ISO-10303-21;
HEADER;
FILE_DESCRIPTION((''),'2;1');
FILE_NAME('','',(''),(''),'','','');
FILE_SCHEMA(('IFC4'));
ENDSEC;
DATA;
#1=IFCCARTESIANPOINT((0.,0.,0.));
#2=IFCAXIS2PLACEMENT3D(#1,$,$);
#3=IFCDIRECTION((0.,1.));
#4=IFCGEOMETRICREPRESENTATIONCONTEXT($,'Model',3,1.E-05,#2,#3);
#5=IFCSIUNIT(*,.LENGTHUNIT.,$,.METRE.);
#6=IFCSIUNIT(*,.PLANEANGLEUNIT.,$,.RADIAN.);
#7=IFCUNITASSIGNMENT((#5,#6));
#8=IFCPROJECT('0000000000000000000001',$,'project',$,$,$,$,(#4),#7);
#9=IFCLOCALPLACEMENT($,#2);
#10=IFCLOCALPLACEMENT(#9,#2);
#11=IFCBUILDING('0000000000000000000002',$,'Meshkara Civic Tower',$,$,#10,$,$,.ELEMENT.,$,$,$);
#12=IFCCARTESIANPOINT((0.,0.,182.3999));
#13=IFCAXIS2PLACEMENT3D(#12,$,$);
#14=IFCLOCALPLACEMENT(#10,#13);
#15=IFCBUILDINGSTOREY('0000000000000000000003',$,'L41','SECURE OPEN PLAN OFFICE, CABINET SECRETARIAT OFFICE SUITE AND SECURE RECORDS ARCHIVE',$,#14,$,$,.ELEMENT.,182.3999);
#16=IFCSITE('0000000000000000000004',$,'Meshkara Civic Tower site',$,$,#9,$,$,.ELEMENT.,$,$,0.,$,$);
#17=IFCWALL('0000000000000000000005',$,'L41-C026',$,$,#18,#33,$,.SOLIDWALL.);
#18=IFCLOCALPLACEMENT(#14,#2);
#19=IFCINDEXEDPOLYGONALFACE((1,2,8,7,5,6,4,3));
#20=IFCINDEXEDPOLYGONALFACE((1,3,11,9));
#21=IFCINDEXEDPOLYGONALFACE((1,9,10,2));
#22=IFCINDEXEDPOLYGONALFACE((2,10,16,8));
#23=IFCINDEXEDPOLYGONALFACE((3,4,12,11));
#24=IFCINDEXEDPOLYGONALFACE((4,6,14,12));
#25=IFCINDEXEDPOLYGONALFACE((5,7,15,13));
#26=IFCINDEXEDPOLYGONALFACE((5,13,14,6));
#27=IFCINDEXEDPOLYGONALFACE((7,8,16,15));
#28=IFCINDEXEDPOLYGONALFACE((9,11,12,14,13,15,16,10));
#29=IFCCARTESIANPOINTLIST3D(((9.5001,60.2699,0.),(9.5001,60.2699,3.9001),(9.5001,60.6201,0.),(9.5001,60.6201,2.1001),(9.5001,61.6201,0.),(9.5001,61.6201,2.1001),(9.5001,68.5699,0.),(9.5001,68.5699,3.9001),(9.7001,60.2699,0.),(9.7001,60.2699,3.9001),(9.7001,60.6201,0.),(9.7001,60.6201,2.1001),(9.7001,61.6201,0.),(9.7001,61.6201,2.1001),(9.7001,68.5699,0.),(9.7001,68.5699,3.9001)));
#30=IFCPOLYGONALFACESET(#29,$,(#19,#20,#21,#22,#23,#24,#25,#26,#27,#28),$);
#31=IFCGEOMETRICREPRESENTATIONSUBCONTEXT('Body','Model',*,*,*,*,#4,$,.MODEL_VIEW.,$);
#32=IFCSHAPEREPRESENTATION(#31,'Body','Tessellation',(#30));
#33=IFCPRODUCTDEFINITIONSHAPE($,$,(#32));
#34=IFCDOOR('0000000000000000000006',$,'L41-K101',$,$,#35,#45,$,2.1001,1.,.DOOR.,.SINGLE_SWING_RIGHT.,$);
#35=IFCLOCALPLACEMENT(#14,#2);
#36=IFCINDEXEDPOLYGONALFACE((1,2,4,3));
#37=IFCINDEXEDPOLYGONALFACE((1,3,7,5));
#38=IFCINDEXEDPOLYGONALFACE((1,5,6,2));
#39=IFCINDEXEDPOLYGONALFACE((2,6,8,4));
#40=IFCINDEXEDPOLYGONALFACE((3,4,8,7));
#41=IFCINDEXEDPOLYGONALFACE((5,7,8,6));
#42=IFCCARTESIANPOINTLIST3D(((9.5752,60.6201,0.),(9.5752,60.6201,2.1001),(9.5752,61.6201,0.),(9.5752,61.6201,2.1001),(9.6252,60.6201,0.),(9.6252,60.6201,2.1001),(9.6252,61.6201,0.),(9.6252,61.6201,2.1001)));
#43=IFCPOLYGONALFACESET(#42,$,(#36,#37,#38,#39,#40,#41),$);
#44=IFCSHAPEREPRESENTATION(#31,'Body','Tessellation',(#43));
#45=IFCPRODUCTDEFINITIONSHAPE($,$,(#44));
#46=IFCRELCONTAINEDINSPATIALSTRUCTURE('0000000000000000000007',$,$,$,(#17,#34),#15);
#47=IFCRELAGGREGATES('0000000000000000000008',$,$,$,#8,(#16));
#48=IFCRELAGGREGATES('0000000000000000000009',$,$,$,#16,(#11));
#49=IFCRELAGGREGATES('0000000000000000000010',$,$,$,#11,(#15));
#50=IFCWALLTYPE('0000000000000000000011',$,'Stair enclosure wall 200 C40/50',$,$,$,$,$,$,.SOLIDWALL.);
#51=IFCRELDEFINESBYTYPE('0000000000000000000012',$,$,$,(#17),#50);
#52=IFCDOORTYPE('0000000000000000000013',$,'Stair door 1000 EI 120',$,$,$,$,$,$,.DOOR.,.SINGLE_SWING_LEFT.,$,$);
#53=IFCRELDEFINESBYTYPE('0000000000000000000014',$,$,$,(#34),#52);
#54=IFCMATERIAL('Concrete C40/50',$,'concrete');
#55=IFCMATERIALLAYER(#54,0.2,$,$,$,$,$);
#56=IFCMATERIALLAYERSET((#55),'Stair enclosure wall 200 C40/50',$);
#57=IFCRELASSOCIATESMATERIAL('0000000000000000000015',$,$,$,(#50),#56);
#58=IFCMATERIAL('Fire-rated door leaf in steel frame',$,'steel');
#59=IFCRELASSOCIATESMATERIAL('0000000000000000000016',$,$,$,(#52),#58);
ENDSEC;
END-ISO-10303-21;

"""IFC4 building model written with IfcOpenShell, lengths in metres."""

from ifc_helpers import new_model, si_unit, direction, frame, frame_2d, origin, place, context, subcontext, project, spatial, rectangle, extrude, material, layer, layer_set, type_object, element, fill, save


model = new_model("IFC4")

# Units and contexts
model_context = context("Model", 3, precision=1e-05, world=origin(), true_north=direction((0.0, 1.0)))
body_context = subcontext(model_context, "Body", "Model", "MODEL_VIEW")
ifc_project = project(units=[si_unit("LENGTHUNIT", "METRE"), si_unit("PLANEANGLEUNIT", "RADIAN")], contexts=[model_context])

# Site, building, storey
site_placement = place(None, origin())
site = spatial("IfcSite", under=ifc_project, at=site_placement, Name="Meshkara Civic Tower site", CompositionType="ELEMENT", RefElevation=0.0)
building_placement = place(site_placement, origin())
building = spatial("IfcBuilding", under=site, at=building_placement, Name="Meshkara Civic Tower", CompositionType="ELEMENT")
storey_placement = place(building_placement, frame((0.0, 0.0, 182.3999)))
storey = spatial("IfcBuildingStorey", under=building, at=storey_placement, Name="L41", Description="SECURE OPEN PLAN OFFICE, CABINET SECRETARIAT OFFICE SUITE AND SECURE RECORDS ARCHIVE", CompositionType="ELEMENT", Elevation=182.3999)

# Wall, opening, door
ifc_material_1 = material(Name="Concrete C40/50", Category="concrete")
ifc_layer_1 = layer(ifc_material_1, 0.2)
ifc_layer_set_1 = layer_set([ifc_layer_1], Name="Stair enclosure wall 200 C40/50")
wall_type_1 = type_object("IfcWallType", Name="Stair enclosure wall 200 C40/50", PredefinedType="SOLIDWALL", material=ifc_layer_set_1)
wall_1_placement = place(storey_placement, frame((9.6001, 60.27, 0.0), z_axis=(0.0, 0.0, 1.0), x_axis=(0.0, 1.0, 0.0)))
wall_1 = element("IfcWall", 1, at=wall_1_placement, inside=storey, type_object=wall_type_1, Name="L41-C026", PredefinedType="SOLIDWALL", context=body_context, shape_type="SweptSolid", body=[
    extrude(rectangle(XDim=8.3, YDim=0.2, at=frame_2d((4.1499, 0.0))), origin(), (0.0, 0.0, 1.0), 3.9001),
])
opening_1_placement = place(wall_1_placement, frame((0.3501, 0.0, 0.0)))
opening_1 = element("IfcOpeningElement", 2, at=opening_1_placement, cuts=wall_1, PredefinedType="OPENING", context=body_context, shape_type="SweptSolid", body=[
    extrude(rectangle(XDim=1.0, YDim=2.1001, at=frame_2d((0.5, 1.05))), frame((0.0, 0.1099, 0.0), z_axis=(0.0, -1.0, 0.0), x_axis=(1.0, 0.0, 0.0)), (0.0, 0.0, 1.0), 0.22),
])
ifc_material_2 = material(Name="Fire-rated door leaf in steel frame", Category="steel")
door_type_1 = type_object("IfcDoorType", Name="Stair door 1000 EI 120", OperationType="SINGLE_SWING_LEFT", PredefinedType="DOOR", material=ifc_material_2)
door_1_placement = place(opening_1_placement, origin())
door_1 = element("IfcDoor", 3, at=door_1_placement, inside=storey, type_object=door_type_1, Name="L41-K101", OperationType="SINGLE_SWING_RIGHT", OverallHeight=2.1001, OverallWidth=1.0, PredefinedType="DOOR", context=body_context, shape_type="SweptSolid", body=[
    extrude(rectangle(XDim=1.0, YDim=2.1001, at=frame_2d((0.5, 1.05))), frame((0.0, 0.0249, 0.0), z_axis=(0.0, -1.0, 0.0), x_axis=(1.0, 0.0, 0.0)), (0.0, 0.0, 1.0), 0.05),
])
fill(opening_1, door_1)

save(model, "model.ifc")
